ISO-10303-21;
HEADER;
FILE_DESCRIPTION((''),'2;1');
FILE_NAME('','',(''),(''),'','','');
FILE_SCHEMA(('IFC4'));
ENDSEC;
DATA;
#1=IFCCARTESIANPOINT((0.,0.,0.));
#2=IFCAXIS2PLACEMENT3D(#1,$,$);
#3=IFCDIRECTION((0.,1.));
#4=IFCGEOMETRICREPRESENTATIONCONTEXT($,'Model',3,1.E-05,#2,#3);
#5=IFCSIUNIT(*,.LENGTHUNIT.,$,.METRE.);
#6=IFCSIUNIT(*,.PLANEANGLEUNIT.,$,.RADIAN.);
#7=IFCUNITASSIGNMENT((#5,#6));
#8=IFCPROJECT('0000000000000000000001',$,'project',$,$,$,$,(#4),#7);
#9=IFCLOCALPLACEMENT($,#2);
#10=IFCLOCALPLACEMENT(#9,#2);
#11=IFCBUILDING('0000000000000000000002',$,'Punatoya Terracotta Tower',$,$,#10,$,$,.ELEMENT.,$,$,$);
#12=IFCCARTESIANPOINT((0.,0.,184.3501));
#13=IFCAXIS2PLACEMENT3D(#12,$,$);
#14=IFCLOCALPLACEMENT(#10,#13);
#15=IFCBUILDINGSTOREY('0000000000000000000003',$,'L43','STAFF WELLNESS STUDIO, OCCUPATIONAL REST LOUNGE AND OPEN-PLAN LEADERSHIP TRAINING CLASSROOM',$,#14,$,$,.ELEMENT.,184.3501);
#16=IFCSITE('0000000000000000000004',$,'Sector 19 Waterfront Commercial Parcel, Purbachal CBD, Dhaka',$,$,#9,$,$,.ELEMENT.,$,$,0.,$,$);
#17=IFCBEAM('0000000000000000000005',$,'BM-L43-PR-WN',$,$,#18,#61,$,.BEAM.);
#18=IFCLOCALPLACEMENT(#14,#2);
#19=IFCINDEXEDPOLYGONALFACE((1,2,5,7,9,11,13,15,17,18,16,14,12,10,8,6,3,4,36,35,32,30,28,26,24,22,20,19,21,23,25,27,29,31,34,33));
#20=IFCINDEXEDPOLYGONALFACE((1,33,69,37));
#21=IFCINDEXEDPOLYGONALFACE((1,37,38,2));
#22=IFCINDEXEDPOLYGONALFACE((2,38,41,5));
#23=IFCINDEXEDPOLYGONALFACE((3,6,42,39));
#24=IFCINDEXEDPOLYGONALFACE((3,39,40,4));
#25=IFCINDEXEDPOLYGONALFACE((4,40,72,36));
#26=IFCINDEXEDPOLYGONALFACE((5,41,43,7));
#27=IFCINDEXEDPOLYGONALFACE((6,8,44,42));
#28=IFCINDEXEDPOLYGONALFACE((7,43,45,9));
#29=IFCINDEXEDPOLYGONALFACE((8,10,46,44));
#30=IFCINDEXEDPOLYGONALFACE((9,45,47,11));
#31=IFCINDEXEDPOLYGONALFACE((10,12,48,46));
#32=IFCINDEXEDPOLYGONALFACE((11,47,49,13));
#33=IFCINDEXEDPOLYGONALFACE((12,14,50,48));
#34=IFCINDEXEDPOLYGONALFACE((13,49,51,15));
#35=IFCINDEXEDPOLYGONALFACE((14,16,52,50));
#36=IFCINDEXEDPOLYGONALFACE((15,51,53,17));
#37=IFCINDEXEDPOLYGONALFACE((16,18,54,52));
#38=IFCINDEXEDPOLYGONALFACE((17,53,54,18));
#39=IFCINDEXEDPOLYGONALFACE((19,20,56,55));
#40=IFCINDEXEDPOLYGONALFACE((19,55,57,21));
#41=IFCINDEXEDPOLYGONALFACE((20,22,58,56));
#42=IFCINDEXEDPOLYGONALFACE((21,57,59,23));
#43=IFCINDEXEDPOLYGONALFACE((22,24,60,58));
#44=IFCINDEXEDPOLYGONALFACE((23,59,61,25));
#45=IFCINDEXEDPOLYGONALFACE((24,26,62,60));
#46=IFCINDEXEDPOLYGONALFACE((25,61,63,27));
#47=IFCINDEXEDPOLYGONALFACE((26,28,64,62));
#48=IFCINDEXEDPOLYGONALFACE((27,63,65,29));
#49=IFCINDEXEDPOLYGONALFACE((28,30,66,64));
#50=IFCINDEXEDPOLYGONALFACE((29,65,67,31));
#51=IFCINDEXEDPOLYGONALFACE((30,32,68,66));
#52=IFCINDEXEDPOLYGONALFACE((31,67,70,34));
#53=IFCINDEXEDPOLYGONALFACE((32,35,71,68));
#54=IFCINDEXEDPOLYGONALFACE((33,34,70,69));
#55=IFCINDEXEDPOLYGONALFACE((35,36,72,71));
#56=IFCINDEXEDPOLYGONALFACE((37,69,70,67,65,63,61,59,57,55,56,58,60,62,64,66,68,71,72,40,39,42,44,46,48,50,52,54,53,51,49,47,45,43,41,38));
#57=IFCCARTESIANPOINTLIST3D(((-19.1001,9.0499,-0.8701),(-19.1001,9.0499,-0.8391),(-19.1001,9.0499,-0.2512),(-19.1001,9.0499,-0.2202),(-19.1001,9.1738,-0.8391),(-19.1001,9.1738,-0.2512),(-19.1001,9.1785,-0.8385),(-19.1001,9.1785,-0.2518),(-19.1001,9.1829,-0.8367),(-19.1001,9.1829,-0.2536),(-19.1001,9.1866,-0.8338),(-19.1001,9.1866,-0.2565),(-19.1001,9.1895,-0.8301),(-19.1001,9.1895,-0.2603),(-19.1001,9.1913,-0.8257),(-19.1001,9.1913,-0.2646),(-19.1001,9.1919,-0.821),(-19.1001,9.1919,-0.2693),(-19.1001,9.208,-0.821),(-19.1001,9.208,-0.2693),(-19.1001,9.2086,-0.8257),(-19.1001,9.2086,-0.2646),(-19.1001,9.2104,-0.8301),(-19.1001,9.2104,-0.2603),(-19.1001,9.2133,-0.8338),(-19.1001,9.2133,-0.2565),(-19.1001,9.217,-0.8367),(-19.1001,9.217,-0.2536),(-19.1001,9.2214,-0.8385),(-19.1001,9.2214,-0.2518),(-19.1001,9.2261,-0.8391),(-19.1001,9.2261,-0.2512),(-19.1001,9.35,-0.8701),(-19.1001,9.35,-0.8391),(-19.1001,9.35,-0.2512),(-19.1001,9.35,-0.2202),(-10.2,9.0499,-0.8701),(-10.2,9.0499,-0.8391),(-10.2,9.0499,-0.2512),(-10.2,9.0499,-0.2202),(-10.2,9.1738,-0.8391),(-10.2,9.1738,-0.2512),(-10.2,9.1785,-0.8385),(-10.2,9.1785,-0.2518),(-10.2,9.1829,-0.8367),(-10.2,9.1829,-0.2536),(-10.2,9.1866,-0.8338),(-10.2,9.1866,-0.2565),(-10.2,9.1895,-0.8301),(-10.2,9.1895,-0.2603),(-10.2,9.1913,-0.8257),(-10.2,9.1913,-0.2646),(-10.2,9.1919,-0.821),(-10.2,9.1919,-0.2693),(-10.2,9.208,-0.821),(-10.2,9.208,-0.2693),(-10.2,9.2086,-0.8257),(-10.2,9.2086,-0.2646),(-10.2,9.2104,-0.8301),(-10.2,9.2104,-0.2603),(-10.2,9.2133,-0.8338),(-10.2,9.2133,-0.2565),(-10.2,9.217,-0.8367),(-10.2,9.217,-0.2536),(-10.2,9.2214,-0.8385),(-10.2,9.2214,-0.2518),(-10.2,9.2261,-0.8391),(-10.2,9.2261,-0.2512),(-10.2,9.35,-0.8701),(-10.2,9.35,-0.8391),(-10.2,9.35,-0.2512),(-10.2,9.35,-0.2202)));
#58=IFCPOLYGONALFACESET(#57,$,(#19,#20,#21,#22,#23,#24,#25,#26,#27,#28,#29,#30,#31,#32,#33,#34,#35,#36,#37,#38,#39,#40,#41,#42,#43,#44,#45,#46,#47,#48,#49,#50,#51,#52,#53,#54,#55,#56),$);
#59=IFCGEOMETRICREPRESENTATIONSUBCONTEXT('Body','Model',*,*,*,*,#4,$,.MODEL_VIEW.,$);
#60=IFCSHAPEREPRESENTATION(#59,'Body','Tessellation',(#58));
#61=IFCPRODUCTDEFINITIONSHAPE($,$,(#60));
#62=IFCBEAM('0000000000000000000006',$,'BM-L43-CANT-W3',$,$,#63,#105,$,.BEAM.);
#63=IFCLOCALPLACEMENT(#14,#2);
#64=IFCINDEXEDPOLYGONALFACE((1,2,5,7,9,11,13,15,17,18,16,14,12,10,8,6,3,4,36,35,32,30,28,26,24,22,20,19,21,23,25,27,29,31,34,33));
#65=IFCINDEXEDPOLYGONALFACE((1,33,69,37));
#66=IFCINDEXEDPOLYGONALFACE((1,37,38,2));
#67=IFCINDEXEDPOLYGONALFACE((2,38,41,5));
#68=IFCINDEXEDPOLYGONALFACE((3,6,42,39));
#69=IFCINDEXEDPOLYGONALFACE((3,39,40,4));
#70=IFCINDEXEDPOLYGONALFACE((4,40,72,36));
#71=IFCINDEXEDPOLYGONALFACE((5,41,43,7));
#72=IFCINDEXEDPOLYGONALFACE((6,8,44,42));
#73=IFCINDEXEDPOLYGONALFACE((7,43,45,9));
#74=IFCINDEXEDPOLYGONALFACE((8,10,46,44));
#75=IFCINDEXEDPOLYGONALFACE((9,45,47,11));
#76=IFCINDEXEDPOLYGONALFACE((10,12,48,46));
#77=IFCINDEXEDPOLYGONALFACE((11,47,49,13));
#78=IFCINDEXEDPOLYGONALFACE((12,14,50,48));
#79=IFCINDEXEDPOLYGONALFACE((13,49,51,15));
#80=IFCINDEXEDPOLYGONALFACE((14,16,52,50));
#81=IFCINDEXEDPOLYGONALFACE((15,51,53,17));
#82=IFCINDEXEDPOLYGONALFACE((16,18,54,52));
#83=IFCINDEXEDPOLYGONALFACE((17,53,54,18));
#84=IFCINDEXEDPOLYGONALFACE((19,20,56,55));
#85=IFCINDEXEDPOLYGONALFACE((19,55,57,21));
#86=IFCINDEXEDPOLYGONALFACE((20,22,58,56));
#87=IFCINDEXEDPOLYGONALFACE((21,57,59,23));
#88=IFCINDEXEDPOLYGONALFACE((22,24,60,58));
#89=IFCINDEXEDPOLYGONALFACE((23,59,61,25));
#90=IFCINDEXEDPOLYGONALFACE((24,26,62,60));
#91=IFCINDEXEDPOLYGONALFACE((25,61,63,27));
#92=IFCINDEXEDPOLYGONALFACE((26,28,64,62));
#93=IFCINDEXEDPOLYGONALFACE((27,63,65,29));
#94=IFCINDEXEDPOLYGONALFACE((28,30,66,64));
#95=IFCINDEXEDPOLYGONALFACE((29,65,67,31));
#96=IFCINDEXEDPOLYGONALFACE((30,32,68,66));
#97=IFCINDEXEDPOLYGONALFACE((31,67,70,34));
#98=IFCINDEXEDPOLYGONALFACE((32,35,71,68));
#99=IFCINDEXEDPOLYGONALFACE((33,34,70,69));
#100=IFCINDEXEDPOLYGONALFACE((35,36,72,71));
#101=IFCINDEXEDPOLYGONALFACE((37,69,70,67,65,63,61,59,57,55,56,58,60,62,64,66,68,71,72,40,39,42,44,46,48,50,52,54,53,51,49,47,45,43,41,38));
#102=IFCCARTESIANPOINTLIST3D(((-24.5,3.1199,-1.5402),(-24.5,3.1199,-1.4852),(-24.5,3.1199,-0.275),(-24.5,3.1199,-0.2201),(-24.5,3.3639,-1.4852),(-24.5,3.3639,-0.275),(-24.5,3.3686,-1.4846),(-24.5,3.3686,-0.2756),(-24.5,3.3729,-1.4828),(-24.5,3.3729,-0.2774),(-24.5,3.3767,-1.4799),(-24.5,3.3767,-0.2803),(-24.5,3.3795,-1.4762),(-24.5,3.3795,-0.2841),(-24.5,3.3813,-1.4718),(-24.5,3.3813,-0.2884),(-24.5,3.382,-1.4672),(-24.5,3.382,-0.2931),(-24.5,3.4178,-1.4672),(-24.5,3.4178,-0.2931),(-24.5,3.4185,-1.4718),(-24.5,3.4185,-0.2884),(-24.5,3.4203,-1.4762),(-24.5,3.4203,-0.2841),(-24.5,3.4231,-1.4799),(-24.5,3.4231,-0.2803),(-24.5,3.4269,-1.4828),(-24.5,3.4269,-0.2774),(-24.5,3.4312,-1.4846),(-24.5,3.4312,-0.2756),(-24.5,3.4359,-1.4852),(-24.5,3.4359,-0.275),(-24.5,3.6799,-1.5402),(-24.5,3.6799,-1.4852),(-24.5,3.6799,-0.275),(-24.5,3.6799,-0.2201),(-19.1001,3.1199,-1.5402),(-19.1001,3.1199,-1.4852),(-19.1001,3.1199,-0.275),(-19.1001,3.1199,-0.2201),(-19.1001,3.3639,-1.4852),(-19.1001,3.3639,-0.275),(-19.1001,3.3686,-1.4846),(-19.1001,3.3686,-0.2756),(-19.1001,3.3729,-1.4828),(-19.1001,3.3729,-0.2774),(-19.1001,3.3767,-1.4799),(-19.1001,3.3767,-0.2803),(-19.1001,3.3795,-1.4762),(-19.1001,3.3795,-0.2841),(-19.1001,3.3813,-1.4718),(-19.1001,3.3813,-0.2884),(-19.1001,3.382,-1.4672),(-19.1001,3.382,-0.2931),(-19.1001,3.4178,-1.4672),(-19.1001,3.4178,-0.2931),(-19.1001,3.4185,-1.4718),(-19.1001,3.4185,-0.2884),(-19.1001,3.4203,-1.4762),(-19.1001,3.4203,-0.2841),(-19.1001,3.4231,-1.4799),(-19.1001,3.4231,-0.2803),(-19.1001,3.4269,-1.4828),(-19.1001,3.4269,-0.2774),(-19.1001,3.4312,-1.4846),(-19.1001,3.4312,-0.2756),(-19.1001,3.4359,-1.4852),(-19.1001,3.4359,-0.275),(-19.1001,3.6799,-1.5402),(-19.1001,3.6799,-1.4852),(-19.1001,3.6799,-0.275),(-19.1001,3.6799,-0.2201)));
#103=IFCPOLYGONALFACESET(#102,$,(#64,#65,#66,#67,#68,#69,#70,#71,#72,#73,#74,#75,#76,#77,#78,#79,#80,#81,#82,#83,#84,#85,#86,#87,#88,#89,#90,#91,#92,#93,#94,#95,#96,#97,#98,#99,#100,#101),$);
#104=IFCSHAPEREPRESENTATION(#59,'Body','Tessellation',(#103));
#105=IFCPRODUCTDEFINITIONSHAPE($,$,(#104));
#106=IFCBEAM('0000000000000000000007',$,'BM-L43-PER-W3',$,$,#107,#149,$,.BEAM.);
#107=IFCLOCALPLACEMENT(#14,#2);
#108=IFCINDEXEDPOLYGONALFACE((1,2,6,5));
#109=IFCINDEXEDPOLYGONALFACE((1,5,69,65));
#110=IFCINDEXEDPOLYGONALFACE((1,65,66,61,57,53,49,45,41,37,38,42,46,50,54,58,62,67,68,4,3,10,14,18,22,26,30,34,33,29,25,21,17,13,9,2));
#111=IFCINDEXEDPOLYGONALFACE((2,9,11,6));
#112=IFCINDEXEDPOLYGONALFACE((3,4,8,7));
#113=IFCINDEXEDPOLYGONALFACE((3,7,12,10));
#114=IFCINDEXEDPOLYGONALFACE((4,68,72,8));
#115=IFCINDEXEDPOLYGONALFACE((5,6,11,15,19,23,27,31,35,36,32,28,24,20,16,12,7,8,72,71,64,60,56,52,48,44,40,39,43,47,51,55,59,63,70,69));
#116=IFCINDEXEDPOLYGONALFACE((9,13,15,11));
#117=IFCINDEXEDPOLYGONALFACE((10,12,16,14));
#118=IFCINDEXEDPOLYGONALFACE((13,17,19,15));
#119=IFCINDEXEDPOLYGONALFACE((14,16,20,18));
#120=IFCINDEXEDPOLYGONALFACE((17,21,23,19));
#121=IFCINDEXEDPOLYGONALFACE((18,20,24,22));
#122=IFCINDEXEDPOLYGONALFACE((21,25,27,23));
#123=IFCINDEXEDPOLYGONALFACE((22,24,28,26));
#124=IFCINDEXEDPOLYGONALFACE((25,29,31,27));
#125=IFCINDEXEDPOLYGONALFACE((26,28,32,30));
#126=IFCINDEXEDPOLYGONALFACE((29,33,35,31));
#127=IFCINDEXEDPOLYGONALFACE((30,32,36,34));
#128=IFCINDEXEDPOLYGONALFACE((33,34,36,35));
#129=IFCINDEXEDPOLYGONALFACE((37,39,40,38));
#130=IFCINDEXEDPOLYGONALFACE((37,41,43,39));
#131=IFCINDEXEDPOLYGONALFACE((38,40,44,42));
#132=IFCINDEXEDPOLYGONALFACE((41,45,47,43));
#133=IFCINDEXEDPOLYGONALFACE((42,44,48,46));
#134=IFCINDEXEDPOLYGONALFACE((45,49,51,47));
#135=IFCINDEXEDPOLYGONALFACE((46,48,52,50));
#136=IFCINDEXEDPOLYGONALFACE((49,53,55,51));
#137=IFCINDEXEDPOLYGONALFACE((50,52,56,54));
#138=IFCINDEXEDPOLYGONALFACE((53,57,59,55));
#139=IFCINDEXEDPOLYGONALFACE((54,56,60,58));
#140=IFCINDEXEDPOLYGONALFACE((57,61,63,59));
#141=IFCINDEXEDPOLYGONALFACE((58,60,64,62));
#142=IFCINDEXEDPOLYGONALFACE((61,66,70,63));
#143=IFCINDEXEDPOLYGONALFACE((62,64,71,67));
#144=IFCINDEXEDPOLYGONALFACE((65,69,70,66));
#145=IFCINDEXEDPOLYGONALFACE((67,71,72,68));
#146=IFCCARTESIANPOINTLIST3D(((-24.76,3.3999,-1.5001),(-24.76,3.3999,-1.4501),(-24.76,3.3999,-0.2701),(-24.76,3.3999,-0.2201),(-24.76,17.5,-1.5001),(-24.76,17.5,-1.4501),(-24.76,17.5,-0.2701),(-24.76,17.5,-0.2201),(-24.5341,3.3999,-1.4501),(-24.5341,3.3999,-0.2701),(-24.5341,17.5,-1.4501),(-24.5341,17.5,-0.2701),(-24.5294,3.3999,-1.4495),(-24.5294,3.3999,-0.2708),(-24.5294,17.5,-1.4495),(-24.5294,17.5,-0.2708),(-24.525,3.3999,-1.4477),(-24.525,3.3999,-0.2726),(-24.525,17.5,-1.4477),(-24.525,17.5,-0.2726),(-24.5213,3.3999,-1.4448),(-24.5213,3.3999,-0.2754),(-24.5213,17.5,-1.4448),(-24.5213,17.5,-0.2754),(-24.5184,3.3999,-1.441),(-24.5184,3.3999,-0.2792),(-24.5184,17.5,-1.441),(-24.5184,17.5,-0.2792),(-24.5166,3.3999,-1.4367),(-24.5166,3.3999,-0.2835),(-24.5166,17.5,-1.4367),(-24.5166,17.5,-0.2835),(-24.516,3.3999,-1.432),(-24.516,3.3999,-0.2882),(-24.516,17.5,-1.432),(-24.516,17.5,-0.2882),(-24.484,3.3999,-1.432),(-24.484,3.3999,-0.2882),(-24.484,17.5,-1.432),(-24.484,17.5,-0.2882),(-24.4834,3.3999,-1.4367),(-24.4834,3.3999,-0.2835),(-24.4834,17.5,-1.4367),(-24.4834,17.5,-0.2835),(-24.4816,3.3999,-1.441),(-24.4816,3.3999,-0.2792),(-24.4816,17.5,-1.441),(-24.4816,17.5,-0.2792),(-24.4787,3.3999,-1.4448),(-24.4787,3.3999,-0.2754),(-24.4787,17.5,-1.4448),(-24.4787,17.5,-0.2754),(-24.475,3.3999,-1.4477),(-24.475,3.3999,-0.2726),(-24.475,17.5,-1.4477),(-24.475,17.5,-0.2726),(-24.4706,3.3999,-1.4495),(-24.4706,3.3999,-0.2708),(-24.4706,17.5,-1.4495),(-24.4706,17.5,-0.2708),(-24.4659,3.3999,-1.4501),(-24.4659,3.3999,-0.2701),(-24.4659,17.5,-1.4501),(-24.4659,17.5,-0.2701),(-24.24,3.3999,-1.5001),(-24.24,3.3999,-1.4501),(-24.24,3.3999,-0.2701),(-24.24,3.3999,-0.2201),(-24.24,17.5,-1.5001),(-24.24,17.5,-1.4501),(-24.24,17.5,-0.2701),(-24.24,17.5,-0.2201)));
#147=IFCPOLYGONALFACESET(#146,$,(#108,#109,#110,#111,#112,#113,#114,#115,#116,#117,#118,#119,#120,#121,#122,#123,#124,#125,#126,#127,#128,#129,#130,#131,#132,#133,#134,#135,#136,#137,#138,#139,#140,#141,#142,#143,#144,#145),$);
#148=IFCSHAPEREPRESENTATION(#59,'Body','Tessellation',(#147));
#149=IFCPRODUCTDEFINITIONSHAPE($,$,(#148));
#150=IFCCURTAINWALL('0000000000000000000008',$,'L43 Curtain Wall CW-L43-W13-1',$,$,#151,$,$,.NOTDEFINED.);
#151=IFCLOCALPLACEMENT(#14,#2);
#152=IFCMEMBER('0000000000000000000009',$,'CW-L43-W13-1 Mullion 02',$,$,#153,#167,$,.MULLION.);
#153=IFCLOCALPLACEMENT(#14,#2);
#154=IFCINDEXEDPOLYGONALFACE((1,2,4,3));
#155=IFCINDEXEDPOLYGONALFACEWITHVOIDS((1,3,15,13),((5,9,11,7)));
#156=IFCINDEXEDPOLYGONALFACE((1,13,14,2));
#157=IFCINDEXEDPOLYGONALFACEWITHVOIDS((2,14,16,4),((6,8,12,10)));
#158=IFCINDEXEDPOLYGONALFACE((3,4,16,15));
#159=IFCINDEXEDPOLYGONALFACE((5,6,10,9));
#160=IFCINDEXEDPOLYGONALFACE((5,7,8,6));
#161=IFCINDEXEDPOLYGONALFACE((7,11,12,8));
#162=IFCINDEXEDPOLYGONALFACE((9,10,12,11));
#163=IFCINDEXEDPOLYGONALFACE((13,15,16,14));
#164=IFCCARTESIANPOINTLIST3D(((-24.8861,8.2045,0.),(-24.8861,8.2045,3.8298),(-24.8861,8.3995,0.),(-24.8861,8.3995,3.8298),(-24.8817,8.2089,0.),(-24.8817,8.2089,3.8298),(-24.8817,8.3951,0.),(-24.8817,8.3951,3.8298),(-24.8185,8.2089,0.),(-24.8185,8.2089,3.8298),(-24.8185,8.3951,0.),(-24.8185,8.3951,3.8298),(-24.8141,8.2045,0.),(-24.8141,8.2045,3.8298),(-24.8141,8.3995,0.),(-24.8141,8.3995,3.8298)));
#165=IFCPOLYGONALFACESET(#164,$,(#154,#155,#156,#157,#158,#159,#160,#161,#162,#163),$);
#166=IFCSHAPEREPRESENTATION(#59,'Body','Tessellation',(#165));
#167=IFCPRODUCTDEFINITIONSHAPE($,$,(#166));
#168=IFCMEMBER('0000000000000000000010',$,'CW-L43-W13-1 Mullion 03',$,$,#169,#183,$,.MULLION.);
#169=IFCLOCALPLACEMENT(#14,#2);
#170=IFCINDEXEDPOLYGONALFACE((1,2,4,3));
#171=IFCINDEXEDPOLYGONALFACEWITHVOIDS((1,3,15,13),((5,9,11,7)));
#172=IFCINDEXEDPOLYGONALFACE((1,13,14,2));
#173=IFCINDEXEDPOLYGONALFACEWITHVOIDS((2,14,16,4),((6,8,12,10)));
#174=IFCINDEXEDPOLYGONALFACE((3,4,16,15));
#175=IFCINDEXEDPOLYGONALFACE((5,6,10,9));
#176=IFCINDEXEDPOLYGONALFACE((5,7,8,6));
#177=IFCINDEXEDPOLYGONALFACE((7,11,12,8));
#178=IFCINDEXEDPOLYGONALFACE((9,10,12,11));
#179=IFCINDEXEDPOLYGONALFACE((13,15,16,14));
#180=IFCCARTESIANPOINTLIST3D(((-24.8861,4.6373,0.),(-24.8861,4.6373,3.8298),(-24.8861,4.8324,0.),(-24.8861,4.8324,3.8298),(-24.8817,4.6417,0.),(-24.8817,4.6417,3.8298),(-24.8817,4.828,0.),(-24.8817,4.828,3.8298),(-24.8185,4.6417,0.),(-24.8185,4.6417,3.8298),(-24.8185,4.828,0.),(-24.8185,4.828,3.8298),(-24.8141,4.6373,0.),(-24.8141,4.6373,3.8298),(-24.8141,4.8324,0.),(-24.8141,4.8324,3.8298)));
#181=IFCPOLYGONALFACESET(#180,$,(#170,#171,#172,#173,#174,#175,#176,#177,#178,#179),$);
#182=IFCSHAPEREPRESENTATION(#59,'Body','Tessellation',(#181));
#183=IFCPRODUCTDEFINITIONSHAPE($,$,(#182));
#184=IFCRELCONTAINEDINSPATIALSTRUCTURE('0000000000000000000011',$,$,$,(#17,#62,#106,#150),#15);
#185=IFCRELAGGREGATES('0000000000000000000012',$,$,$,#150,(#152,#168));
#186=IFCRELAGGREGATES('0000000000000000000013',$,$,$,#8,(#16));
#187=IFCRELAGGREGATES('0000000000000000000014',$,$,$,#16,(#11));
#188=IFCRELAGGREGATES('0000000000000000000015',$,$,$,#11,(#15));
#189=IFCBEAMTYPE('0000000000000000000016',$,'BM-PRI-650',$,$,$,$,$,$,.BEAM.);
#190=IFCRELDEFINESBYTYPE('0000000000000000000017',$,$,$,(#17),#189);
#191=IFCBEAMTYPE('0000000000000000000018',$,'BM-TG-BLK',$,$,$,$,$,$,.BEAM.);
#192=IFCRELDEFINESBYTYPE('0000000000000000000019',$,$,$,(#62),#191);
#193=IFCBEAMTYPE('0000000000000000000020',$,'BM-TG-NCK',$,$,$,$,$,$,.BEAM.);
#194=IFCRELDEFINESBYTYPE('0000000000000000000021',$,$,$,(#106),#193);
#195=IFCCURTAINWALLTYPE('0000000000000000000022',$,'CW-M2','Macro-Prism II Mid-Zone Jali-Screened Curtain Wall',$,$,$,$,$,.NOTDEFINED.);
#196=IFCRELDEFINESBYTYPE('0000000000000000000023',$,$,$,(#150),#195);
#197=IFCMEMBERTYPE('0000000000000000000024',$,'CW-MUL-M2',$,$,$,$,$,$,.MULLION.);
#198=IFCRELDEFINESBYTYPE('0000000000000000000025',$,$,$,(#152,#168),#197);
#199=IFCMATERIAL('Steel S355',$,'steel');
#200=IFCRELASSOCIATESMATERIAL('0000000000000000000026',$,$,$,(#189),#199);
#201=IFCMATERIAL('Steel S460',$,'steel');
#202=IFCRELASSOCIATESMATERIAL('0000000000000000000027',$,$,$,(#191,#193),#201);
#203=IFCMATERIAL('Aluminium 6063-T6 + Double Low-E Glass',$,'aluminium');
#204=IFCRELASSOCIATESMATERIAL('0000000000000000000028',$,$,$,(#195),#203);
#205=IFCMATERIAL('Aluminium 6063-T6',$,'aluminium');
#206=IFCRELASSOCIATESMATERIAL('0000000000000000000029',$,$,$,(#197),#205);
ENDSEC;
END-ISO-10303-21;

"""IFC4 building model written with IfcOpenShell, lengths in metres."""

from ifc_helpers import new_model, si_unit, direction, frame, origin, origin_2d, place, context, subcontext, project, spatial, hollow_rectangle, i_section, extrude, material, material_profile, profile_set, type_object, element, aggregate, save


model = new_model("IFC4")

# Units and contexts
model_context = context("Model", 3, precision=1e-05, world=origin(), true_north=direction((0.0, 1.0)))
body_context = subcontext(model_context, "Body", "Model", "MODEL_VIEW")
ifc_project = project(units=[si_unit("LENGTHUNIT", "METRE"), si_unit("PLANEANGLEUNIT", "RADIAN")], contexts=[model_context])

# Site, building, storey
site_placement = place(None, origin())
site = spatial("IfcSite", under=ifc_project, at=site_placement, Name="Sector 19 Waterfront Commercial Parcel, Purbachal CBD, Dhaka", CompositionType="ELEMENT", RefElevation=0.0)
building_placement = place(site_placement, origin())
building = spatial("IfcBuilding", under=site, at=building_placement, Name="Punatoya Terracotta Tower", CompositionType="ELEMENT")
storey_placement = place(building_placement, frame((0.0, 0.0, 184.3501)))
storey = spatial("IfcBuildingStorey", under=building, at=storey_placement, Name="L43", Description="STAFF WELLNESS STUDIO, OCCUPATIONAL REST LOUNGE AND OPEN-PLAN LEADERSHIP TRAINING CLASSROOM", CompositionType="ELEMENT", Elevation=184.3501)

# Shared definitions
ifc_material_1 = material(Name="Steel S460", Category="steel")

# Beams
ifc_material_2 = material(Name="Steel S355", Category="steel")
ifc_material_profile_1 = material_profile(ifc_material_2, i_section(OverallWidth=0.3, OverallDepth=0.6499, WebThickness=0.0161, FlangeThickness=0.031, FilletRadius=0.0181, at=origin_2d()))
ifc_profile_set_1 = profile_set([ifc_material_profile_1], Name="Steel S355")
beam_type_1 = type_object("IfcBeamType", Name="BM-PRI-650", PredefinedType="BEAM", material=ifc_profile_set_1)
for number, where, z_axis, x_axis, name in (
    (1, (-19.1001, 9.2, -0.5452), (1.0, 0.0, 0.0), (0.0, 1.0, 0.0), "BM-L43-PR-WN"),
):
    element("IfcBeam", number, at=place(storey_placement, frame(where, z_axis=z_axis, x_axis=x_axis)), inside=storey, type_object=beam_type_1, Name=name, PredefinedType="BEAM", context=body_context, shape_type="SweptSolid", body=[
        extrude(i_section(OverallWidth=0.3, OverallDepth=0.6499, WebThickness=0.0161, FlangeThickness=0.031, FilletRadius=0.0181, at=origin_2d()), origin(), (0.0, 0.0, 1.0), 8.9001),
    ])
ifc_material_profile_2 = material_profile(ifc_material_1, i_section(OverallWidth=0.5601, OverallDepth=1.3201, WebThickness=0.0359, FlangeThickness=0.0549, FilletRadius=0.0181, at=origin_2d()))
ifc_profile_set_2 = profile_set([ifc_material_profile_2], Name="Steel S460")
beam_type_2 = type_object("IfcBeamType", Name="BM-TG-BLK", PredefinedType="BEAM", material=ifc_profile_set_2)
beam_1_placement = place(storey_placement, frame((-24.5, 3.3999, -0.8801), z_axis=(1.0, 0.0, 0.0), x_axis=(0.0, 1.0, 0.0)))
element("IfcBeam", 2, at=beam_1_placement, inside=storey, type_object=beam_type_2, Name="BM-L43-CANT-W3", PredefinedType="BEAM", context=body_context, shape_type="SweptSolid", body=[
    extrude(i_section(OverallWidth=0.5601, OverallDepth=1.3201, WebThickness=0.0359, FlangeThickness=0.0549, FilletRadius=0.0181, at=origin_2d()), origin(), (0.0, 0.0, 1.0), 5.3999),
])
ifc_material_profile_3 = material_profile(ifc_material_1, i_section(OverallWidth=0.52, OverallDepth=1.28, WebThickness=0.032, FlangeThickness=0.05, FilletRadius=0.0181, at=origin_2d()))
ifc_profile_set_3 = profile_set([ifc_material_profile_3], Name="Steel S460")
beam_type_3 = type_object("IfcBeamType", Name="BM-TG-NCK", PredefinedType="BEAM", material=ifc_profile_set_3)
beam_2_placement = place(storey_placement, frame((-24.5, 3.3999, -0.8601), z_axis=(0.0, 1.0, 0.0), x_axis=(-1.0, 0.0, 0.0)))
element("IfcBeam", 3, at=beam_2_placement, inside=storey, type_object=beam_type_3, Name="BM-L43-PER-W3", PredefinedType="BEAM", context=body_context, shape_type="SweptSolid", body=[
    extrude(i_section(OverallWidth=0.52, OverallDepth=1.28, WebThickness=0.032, FlangeThickness=0.05, FilletRadius=0.0181, at=origin_2d()), origin(), (0.0, 0.0, 1.0), 14.1001),
])

# Curtain wall, members
ifc_material_3 = material(Name="Aluminium 6063-T6 + Double Low-E Glass", Category="aluminium")
curtain_wall_type = type_object("IfcCurtainWallType", Name="CW-M2", Description="Macro-Prism II Mid-Zone Jali-Screened Curtain Wall", PredefinedType="NOTDEFINED", material=ifc_material_3)
curtain_wall_placement = place(storey_placement, origin())
curtain_wall = element("IfcCurtainWall", 4, at=curtain_wall_placement, inside=storey, type_object=curtain_wall_type, Name="L43 Curtain Wall CW-L43-W13-1", PredefinedType="NOTDEFINED")
ifc_material_4 = material(Name="Aluminium 6063-T6", Category="aluminium")
ifc_material_profile_4 = material_profile(ifc_material_4, hollow_rectangle(XDim=0.072, YDim=0.1951, WallThickness=0.0044, at=origin_2d()))
ifc_profile_set_4 = profile_set([ifc_material_profile_4], Name="Aluminium 6063-T6")
member_type_1 = type_object("IfcMemberType", Name="CW-MUL-M2", PredefinedType="MULLION", material=ifc_profile_set_4)
member_1_placement = place(storey_placement, frame((-24.8501, 8.302, 0.0), z_axis=(0.0, 0.0, 1.0), x_axis=(1.0, 0.0, 0.0)))
member_1 = element("IfcMember", 5, at=member_1_placement, type_object=member_type_1, Name="CW-L43-W13-1 Mullion 02", PredefinedType="MULLION", context=body_context, shape_type="SweptSolid", body=[
    extrude(hollow_rectangle(XDim=0.072, YDim=0.1951, WallThickness=0.0044, at=origin_2d()), origin(), (0.0, 0.0, 1.0), 3.8298),
])
member_2_placement = place(storey_placement, frame((-24.8501, 4.7349, 0.0), z_axis=(0.0, 0.0, 1.0), x_axis=(1.0, 0.0, 0.0)))
member_2 = element("IfcMember", 6, at=member_2_placement, type_object=member_type_1, Name="CW-L43-W13-1 Mullion 03", PredefinedType="MULLION", context=body_context, shape_type="SweptSolid", body=[
    extrude(hollow_rectangle(XDim=0.072, YDim=0.1951, WallThickness=0.0044, at=origin_2d()), origin(), (0.0, 0.0, 1.0), 3.8298),
])

aggregate(curtain_wall, [member_1, member_2])

save(model, "model.ifc")
